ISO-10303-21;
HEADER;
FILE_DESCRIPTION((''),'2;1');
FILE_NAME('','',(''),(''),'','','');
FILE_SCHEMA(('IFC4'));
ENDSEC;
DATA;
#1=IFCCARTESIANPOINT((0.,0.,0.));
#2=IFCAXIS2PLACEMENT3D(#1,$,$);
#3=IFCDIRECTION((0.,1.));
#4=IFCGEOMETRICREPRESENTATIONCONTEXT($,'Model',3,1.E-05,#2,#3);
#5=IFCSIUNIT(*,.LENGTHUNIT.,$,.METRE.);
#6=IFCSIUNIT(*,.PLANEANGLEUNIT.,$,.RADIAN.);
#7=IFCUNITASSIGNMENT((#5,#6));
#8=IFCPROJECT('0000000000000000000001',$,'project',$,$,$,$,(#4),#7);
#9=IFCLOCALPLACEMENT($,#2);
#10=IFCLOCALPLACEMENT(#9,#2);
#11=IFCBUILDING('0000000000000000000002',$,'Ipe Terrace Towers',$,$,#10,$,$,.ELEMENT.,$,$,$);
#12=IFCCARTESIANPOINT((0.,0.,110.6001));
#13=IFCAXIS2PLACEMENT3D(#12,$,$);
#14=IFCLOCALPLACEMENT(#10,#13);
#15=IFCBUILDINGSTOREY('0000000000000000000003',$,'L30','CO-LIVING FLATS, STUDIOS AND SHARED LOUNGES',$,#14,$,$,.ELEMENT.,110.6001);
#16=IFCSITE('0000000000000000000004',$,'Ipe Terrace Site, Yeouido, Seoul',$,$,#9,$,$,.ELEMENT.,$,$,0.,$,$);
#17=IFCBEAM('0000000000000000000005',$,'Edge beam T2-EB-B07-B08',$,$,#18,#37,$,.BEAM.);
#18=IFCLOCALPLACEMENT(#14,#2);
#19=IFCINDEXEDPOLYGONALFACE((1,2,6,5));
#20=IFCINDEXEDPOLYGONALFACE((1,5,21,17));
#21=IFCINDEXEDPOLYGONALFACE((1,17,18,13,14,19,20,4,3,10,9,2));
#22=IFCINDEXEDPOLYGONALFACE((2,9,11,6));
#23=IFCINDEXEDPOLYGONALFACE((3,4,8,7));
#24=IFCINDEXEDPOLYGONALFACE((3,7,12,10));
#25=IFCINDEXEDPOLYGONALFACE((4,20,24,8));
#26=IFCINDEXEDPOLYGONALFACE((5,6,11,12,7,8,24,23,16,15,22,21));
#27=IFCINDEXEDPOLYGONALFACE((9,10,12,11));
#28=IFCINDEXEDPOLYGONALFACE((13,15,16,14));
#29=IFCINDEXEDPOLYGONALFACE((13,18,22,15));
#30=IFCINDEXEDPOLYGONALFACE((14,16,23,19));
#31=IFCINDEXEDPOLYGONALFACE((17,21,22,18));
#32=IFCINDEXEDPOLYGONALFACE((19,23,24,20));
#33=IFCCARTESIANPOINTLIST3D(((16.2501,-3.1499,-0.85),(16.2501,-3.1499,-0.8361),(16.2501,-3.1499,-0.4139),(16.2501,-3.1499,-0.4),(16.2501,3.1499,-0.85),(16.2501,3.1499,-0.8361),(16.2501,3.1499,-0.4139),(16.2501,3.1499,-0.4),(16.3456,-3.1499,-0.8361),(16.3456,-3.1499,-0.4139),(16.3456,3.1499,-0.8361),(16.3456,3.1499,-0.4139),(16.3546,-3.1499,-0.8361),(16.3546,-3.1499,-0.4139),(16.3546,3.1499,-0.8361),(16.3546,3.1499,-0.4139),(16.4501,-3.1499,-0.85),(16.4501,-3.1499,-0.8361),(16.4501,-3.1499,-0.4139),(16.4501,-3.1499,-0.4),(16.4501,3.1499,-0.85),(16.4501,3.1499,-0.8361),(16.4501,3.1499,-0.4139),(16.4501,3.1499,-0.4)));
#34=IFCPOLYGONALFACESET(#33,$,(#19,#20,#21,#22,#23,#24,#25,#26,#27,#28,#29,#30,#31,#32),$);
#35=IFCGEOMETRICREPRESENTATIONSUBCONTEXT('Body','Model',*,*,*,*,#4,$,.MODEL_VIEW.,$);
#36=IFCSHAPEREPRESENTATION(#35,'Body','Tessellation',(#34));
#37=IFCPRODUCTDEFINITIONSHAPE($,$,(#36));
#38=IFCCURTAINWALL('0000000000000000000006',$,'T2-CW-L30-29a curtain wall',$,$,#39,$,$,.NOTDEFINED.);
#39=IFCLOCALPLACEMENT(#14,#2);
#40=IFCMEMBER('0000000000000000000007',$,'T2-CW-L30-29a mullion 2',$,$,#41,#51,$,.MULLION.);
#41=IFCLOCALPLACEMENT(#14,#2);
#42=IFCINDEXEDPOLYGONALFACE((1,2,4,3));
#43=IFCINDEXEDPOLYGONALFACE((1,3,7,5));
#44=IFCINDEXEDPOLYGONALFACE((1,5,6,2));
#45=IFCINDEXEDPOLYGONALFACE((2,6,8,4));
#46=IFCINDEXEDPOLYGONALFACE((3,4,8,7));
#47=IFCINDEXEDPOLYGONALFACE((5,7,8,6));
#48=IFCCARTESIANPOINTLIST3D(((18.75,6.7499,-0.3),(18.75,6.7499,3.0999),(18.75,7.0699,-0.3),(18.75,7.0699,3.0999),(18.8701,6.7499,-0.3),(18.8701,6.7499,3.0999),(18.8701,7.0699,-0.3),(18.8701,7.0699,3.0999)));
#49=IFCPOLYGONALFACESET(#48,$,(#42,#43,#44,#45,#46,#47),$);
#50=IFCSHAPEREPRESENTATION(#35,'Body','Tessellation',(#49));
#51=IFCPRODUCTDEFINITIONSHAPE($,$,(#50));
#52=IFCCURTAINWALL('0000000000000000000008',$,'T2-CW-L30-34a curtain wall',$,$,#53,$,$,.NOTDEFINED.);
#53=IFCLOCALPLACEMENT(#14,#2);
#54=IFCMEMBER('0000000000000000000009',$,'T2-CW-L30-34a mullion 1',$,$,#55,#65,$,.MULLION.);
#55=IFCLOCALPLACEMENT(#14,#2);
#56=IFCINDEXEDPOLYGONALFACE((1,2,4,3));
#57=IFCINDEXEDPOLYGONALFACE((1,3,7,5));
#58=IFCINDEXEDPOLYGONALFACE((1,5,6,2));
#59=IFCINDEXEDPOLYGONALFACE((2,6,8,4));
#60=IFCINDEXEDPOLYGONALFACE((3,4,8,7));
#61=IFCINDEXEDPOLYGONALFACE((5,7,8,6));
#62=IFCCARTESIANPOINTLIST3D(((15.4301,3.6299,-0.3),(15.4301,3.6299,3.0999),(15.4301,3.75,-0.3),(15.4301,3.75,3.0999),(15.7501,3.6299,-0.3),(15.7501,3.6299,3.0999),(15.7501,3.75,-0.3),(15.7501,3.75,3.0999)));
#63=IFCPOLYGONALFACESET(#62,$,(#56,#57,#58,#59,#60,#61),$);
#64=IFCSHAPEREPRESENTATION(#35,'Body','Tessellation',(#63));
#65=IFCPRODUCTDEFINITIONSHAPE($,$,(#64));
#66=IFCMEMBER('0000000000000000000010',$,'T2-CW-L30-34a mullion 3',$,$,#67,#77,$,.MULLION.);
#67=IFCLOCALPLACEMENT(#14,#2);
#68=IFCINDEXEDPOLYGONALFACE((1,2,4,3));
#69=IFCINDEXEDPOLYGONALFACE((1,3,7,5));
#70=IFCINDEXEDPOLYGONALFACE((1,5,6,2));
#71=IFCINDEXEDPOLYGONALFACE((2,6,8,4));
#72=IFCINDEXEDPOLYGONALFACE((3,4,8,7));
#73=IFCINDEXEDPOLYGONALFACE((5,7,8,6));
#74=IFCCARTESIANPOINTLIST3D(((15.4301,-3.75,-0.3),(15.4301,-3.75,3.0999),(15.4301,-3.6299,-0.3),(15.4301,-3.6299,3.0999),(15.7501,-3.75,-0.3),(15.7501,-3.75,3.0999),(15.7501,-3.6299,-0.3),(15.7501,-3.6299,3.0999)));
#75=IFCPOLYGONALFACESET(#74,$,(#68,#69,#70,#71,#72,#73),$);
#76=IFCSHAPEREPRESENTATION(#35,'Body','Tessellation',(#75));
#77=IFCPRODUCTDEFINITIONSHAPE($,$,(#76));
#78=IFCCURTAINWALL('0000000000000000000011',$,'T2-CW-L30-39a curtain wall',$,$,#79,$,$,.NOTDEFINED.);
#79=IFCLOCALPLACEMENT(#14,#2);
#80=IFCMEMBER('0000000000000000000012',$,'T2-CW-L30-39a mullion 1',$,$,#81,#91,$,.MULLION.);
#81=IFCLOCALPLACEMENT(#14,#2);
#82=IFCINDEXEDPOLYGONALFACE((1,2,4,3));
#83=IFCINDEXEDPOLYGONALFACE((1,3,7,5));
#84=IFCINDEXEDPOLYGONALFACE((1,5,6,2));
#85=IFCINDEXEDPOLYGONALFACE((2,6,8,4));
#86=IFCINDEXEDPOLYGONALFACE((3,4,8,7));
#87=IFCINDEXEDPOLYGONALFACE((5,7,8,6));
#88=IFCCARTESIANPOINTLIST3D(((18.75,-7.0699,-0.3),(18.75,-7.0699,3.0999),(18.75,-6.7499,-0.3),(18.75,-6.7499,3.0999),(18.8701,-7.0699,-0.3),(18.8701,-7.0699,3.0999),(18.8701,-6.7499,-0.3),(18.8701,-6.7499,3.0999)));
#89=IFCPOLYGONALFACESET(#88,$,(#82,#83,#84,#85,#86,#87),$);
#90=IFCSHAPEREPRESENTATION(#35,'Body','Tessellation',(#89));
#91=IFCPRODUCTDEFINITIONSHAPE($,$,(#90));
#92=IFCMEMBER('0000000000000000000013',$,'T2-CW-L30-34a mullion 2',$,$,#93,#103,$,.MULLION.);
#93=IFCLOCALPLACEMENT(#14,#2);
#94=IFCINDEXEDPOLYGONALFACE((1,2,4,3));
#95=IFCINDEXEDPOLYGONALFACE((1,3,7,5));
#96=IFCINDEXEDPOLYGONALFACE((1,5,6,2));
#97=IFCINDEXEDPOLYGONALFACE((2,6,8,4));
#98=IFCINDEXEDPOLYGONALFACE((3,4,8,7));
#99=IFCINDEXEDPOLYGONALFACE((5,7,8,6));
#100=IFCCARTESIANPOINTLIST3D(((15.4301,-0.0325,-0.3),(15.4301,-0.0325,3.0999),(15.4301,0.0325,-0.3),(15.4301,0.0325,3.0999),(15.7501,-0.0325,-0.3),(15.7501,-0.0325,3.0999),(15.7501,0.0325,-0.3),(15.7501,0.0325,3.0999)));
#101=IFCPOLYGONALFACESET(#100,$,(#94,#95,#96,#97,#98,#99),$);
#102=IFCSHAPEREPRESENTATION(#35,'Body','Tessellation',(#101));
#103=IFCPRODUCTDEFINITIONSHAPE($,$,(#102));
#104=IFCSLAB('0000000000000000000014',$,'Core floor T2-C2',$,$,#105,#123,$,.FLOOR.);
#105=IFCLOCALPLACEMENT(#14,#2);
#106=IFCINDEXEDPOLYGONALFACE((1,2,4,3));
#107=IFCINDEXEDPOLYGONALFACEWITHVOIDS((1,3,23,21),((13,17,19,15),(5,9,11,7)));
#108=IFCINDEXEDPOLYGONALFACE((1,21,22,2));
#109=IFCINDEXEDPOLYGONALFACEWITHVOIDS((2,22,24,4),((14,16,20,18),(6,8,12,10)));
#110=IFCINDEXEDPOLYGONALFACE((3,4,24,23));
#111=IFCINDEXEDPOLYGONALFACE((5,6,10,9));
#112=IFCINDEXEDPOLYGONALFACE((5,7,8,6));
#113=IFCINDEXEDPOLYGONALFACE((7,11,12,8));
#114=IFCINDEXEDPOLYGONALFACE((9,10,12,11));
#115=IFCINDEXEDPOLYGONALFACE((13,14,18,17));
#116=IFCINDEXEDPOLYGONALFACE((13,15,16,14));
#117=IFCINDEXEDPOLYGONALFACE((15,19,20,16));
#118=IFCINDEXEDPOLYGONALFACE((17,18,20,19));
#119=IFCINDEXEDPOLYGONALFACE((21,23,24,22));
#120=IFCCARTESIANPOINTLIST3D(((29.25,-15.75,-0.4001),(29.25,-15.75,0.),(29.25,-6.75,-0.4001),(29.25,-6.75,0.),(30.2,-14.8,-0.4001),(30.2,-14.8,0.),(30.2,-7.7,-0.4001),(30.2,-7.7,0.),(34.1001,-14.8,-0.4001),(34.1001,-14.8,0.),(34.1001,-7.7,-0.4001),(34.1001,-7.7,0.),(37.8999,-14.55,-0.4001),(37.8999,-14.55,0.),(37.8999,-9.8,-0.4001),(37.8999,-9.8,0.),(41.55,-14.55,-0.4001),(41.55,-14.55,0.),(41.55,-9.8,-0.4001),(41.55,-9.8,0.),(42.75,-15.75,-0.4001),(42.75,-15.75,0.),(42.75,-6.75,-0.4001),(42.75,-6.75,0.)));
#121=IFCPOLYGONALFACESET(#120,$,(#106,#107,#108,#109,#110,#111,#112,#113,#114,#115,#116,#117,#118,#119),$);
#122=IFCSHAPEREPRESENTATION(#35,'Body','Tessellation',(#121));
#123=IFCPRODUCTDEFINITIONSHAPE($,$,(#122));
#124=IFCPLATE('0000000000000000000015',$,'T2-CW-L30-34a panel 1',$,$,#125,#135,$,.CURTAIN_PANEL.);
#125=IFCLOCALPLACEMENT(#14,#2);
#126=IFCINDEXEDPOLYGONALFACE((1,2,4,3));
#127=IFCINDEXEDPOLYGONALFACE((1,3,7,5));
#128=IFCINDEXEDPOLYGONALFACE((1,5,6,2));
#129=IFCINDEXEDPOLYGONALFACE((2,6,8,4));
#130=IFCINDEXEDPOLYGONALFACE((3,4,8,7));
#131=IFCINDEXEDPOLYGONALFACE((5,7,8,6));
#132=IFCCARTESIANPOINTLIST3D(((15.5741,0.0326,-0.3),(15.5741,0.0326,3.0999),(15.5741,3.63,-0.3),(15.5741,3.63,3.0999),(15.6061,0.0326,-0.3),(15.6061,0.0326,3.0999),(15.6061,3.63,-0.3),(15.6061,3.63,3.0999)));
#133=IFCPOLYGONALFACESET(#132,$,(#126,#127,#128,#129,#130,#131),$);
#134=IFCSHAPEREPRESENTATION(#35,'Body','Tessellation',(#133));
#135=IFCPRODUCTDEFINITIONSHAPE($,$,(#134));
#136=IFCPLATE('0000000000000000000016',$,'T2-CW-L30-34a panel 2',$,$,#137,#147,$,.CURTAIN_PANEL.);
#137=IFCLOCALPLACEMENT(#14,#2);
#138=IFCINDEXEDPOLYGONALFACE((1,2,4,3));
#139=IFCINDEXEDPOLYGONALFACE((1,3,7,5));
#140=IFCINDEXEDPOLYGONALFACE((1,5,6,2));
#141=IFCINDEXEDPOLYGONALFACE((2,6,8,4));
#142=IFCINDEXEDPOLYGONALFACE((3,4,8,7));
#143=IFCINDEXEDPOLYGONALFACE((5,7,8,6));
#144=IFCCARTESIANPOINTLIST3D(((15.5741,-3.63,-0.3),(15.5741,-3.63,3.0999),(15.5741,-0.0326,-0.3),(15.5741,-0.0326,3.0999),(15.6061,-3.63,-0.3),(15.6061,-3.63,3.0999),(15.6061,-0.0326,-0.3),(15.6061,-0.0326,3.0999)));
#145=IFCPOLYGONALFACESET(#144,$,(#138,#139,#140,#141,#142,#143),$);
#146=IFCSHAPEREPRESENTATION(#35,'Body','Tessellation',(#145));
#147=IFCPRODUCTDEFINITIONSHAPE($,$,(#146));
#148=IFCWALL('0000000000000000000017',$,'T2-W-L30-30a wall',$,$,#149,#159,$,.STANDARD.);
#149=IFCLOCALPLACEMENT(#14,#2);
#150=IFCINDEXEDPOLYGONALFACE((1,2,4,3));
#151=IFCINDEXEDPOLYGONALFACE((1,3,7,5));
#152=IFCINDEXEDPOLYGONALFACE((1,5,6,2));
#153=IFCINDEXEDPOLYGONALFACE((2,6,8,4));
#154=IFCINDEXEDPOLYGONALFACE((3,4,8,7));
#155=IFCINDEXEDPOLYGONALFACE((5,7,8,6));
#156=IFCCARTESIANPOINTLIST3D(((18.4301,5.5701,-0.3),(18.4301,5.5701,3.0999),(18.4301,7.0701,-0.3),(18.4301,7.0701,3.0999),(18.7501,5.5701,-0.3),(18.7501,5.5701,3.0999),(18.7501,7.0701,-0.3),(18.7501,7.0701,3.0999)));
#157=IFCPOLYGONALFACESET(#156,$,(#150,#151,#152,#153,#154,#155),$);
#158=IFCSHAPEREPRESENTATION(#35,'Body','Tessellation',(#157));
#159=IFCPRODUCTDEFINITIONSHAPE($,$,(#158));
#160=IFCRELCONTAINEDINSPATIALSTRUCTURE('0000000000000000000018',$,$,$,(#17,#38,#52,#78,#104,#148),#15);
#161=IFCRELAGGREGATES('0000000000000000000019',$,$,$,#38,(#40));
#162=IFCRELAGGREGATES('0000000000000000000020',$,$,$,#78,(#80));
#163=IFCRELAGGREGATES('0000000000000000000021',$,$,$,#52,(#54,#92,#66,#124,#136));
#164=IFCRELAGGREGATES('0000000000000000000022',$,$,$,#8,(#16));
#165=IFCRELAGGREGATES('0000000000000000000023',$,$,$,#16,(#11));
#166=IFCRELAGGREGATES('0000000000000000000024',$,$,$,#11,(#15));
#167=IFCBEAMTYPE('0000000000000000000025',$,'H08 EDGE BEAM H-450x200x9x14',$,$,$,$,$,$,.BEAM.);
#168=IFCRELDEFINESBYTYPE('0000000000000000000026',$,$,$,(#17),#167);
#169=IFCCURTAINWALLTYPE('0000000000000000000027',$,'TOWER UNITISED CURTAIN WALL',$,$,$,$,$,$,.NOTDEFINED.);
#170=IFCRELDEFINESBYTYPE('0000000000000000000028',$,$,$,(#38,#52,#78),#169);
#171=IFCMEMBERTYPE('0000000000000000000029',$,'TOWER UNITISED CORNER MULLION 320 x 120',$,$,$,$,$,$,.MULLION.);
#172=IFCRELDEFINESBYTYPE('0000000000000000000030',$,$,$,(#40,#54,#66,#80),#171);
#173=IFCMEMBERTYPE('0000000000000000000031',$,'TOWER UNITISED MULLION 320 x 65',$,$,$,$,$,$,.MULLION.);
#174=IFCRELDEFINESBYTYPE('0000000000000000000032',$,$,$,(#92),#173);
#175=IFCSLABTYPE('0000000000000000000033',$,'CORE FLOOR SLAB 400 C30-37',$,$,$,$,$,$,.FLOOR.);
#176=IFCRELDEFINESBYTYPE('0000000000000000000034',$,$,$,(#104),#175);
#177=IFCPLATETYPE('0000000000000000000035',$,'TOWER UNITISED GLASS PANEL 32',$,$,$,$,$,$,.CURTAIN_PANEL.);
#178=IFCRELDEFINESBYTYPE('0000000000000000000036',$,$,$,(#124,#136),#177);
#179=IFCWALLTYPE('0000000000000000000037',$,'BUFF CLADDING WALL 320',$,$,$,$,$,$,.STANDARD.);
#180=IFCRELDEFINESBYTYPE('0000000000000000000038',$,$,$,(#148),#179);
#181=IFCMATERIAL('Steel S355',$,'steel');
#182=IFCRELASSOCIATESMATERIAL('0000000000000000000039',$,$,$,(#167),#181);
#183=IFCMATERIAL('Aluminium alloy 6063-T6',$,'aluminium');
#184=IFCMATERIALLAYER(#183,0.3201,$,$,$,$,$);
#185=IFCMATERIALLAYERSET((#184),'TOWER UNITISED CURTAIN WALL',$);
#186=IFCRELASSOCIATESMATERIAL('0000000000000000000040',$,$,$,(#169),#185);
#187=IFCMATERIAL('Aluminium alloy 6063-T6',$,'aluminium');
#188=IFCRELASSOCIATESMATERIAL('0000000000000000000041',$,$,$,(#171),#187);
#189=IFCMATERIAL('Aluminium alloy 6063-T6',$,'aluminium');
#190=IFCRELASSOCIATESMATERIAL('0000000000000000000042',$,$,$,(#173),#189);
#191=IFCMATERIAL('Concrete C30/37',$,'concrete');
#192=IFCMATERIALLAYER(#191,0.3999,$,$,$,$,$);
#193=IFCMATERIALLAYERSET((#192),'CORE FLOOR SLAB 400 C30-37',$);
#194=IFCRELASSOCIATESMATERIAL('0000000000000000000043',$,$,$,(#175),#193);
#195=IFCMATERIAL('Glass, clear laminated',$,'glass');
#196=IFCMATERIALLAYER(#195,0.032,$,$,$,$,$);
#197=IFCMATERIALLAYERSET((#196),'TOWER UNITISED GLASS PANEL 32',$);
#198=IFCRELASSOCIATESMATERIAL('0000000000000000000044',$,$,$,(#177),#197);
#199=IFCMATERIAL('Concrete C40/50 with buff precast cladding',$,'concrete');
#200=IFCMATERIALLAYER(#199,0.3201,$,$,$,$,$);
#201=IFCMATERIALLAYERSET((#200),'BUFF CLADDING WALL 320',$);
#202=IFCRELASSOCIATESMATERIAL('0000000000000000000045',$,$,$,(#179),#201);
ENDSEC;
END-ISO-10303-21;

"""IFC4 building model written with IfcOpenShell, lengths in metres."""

from ifc_helpers import new_model, si_unit, direction, frame, frame_2d, origin, origin_2d, place, context, subcontext, project, spatial, polyline, rectangle, i_section, outline, extrude, material, layer, layer_set, material_profile, profile_set, type_object, element, aggregate, save


model = new_model("IFC4")

# Units and contexts
model_context = context("Model", 3, precision=1e-05, world=origin(), true_north=direction((0.0, 1.0)))
body_context = subcontext(model_context, "Body", "Model", "MODEL_VIEW")
ifc_project = project(units=[si_unit("LENGTHUNIT", "METRE"), si_unit("PLANEANGLEUNIT", "RADIAN")], contexts=[model_context])

# Site, building, storey
site_placement = place(None, origin())
site = spatial("IfcSite", under=ifc_project, at=site_placement, Name="Ipe Terrace Site, Yeouido, Seoul", CompositionType="ELEMENT", RefElevation=0.0)
building_placement = place(site_placement, origin())
building = spatial("IfcBuilding", under=site, at=building_placement, Name="Ipe Terrace Towers", CompositionType="ELEMENT")
storey_placement = place(building_placement, frame((0.0, 0.0, 110.6001)))
storey = spatial("IfcBuildingStorey", under=building, at=storey_placement, Name="L30", Description="CO-LIVING FLATS, STUDIOS AND SHARED LOUNGES", CompositionType="ELEMENT", Elevation=110.6001)

# Beam
ifc_material_1 = material(Name="Steel S355", Category="steel")
ifc_material_profile_1 = material_profile(ifc_material_1, i_section(OverallWidth=0.2, OverallDepth=0.45, WebThickness=0.009, FlangeThickness=0.0139, at=origin_2d()), Name="H-450x200x9x14")
ifc_profile_set_1 = profile_set([ifc_material_profile_1], Name="Steel S355")
beam_type_1 = type_object("IfcBeamType", Name="H08 EDGE BEAM H-450x200x9x14", PredefinedType="BEAM", material=ifc_profile_set_1)
beam_placement = place(storey_placement, frame((16.3501, 3.1499, -0.625), z_axis=(0.0, -1.0, 0.0), x_axis=(1.0, 0.0, 0.0)))
element("IfcBeam", 1, at=beam_placement, inside=storey, type_object=beam_type_1, Name="Edge beam T2-EB-B07-B08", PredefinedType="BEAM", context=body_context, shape_type="SweptSolid", body=[
    extrude(i_section(OverallWidth=0.2, OverallDepth=0.45, WebThickness=0.009, FlangeThickness=0.0139, at=origin_2d()), origin(), (0.0, 0.0, 1.0), 6.2998),
])

# Curtain wall, member
ifc_material_2 = material(Name="Aluminium alloy 6063-T6", Category="aluminium")
ifc_layer_1 = layer(ifc_material_2, 0.3201)
ifc_layer_set_1 = layer_set([ifc_layer_1], Name="TOWER UNITISED CURTAIN WALL")
curtain_wall_type = type_object("IfcCurtainWallType", Name="TOWER UNITISED CURTAIN WALL", PredefinedType="NOTDEFINED", material=ifc_layer_set_1)
curtain_wall_1_placement = place(storey_placement, origin())
curtain_wall_1 = element("IfcCurtainWall", 2, at=curtain_wall_1_placement, inside=storey, type_object=curtain_wall_type, Name="T2-CW-L30-29a curtain wall", PredefinedType="NOTDEFINED")
ifc_material_3 = material(Name="Aluminium alloy 6063-T6", Category="aluminium")
ifc_material_profile_2 = material_profile(ifc_material_3, rectangle(XDim=0.3201, YDim=0.1201, at=origin_2d()), Name="TOWER UNITISED CORNER MULLION 320 x 120")
ifc_profile_set_2 = profile_set([ifc_material_profile_2], Name="Aluminium alloy 6063-T6")
member_type_1 = type_object("IfcMemberType", Name="TOWER UNITISED CORNER MULLION 320 x 120", PredefinedType="MULLION", material=ifc_profile_set_2)
member_1_placement = place(storey_placement, frame((18.8101, 6.9099, -0.3), z_axis=(0.0, 0.0, 1.0), x_axis=(0.0, 1.0, 0.0)))
member_1 = element("IfcMember", 3, at=member_1_placement, type_object=member_type_1, Name="T2-CW-L30-29a mullion 2", PredefinedType="MULLION", context=body_context, shape_type="SweptSolid", body=[
    extrude(rectangle(XDim=0.3201, YDim=0.1201, at=origin_2d()), origin(), (0.0, 0.0, 1.0), 3.3999),
])
aggregate(curtain_wall_1, [member_1])

# Curtain wall, members
curtain_wall_2_placement = place(storey_placement, origin())
curtain_wall_2 = element("IfcCurtainWall", 4, at=curtain_wall_2_placement, inside=storey, type_object=curtain_wall_type, Name="T2-CW-L30-34a curtain wall", PredefinedType="NOTDEFINED")
member_2_placement = place(storey_placement, frame((15.5901, 3.6899, -0.3), z_axis=(0.0, 0.0, 1.0), x_axis=(-1.0, 0.0, 0.0)))
member_2 = element("IfcMember", 5, at=member_2_placement, type_object=member_type_1, Name="T2-CW-L30-34a mullion 1", PredefinedType="MULLION", context=body_context, shape_type="SweptSolid", body=[
    extrude(rectangle(XDim=0.3201, YDim=0.1201, at=origin_2d()), origin(), (0.0, 0.0, 1.0), 3.3999),
])
member_3_placement = place(storey_placement, frame((15.5901, -3.6899, -0.3), z_axis=(0.0, 0.0, 1.0), x_axis=(-1.0, 0.0, 0.0)))
member_3 = element("IfcMember", 6, at=member_3_placement, type_object=member_type_1, Name="T2-CW-L30-34a mullion 3", PredefinedType="MULLION", context=body_context, shape_type="SweptSolid", body=[
    extrude(rectangle(XDim=0.3201, YDim=0.1201, at=origin_2d()), origin(), (0.0, 0.0, 1.0), 3.3999),
])

# Curtain wall, member
curtain_wall_3_placement = place(storey_placement, origin())
curtain_wall_3 = element("IfcCurtainWall", 7, at=curtain_wall_3_placement, inside=storey, type_object=curtain_wall_type, Name="T2-CW-L30-39a curtain wall", PredefinedType="NOTDEFINED")
member_4_placement = place(storey_placement, frame((18.8101, -6.9099, -0.3), z_axis=(0.0, 0.0, 1.0), x_axis=(0.0, -1.0, 0.0)))
member_4 = element("IfcMember", 8, at=member_4_placement, type_object=member_type_1, Name="T2-CW-L30-39a mullion 1", PredefinedType="MULLION", context=body_context, shape_type="SweptSolid", body=[
    extrude(rectangle(XDim=0.3201, YDim=0.1201, at=origin_2d()), origin(), (0.0, 0.0, 1.0), 3.3999),
])
aggregate(curtain_wall_3, [member_4])

# Member
ifc_material_4 = material(Name="Aluminium alloy 6063-T6", Category="aluminium")
ifc_material_profile_3 = material_profile(ifc_material_4, rectangle(XDim=0.3201, YDim=0.0649, at=origin_2d()), Name="TOWER UNITISED MULLION 320 x 65")
ifc_profile_set_3 = profile_set([ifc_material_profile_3], Name="Aluminium alloy 6063-T6")
member_type_2 = type_object("IfcMemberType", Name="TOWER UNITISED MULLION 320 x 65", PredefinedType="MULLION", material=ifc_profile_set_3)
member_5_placement = place(storey_placement, frame((15.5901, 0.0, -0.3), z_axis=(0.0, 0.0, 1.0), x_axis=(-1.0, 0.0, 0.0)))
member_5 = element("IfcMember", 9, at=member_5_placement, type_object=member_type_2, Name="T2-CW-L30-34a mullion 2", PredefinedType="MULLION", context=body_context, shape_type="SweptSolid", body=[
    extrude(rectangle(XDim=0.3201, YDim=0.0649, at=origin_2d()), origin(), (0.0, 0.0, 1.0), 3.3999),
])

# Slab
ifc_material_5 = material(Name="Concrete C30/37", Category="concrete")
ifc_layer_2 = layer(ifc_material_5, 0.3999)
ifc_layer_set_2 = layer_set([ifc_layer_2], Name="CORE FLOOR SLAB 400 C30-37")
slab_type = type_object("IfcSlabType", Name="CORE FLOOR SLAB 400 C30-37", PredefinedType="FLOOR", material=ifc_layer_set_2)
slab_placement = place(storey_placement, frame((0.0, 0.0, -0.4001)))
element("IfcSlab", 10, at=slab_placement, inside=storey, type_object=slab_type, Name="Core floor T2-C2", PredefinedType="FLOOR", context=body_context, shape_type="SweptSolid", body=[
    extrude(outline(polyline([(29.25, -15.75), (29.25, -6.75), (42.75, -6.75), (42.75, -15.75), (29.25, -15.75)]), holes=[polyline([(34.1001, -14.8), (34.1001, -7.7), (30.2, -7.7), (30.2, -14.8), (34.1001, -14.8)]), polyline([(41.55, -9.8), (37.8999, -9.8), (37.8999, -14.55), (41.55, -14.55), (41.55, -9.8)])]), origin(), (0.0, 0.0, 1.0), 0.4001),
])

# Plates
ifc_material_6 = material(Name="Glass, clear laminated", Category="glass")
ifc_layer_3 = layer(ifc_material_6, 0.032)
ifc_layer_set_3 = layer_set([ifc_layer_3], Name="TOWER UNITISED GLASS PANEL 32")
plate_type = type_object("IfcPlateType", Name="TOWER UNITISED GLASS PANEL 32", PredefinedType="CURTAIN_PANEL", material=ifc_layer_set_3)
plate_1_placement = place(storey_placement, frame((15.5901, 1.8313, -0.3), z_axis=(0.0, 0.0, 1.0), x_axis=(0.0, -1.0, 0.0)))
plate_1 = element("IfcPlate", 11, at=plate_1_placement, type_object=plate_type, Name="T2-CW-L30-34a panel 1", PredefinedType="CURTAIN_PANEL", context=body_context, shape_type="SweptSolid", body=[
    extrude(rectangle(XDim=3.5974, YDim=0.032, at=origin_2d()), origin(), (0.0, 0.0, 1.0), 3.3999),
])
plate_2_placement = place(storey_placement, frame((15.5901, -1.8313, -0.3), z_axis=(0.0, 0.0, 1.0), x_axis=(0.0, -1.0, 0.0)))
plate_2 = element("IfcPlate", 12, at=plate_2_placement, type_object=plate_type, Name="T2-CW-L30-34a panel 2", PredefinedType="CURTAIN_PANEL", context=body_context, shape_type="SweptSolid", body=[
    extrude(rectangle(XDim=3.5974, YDim=0.032, at=origin_2d()), origin(), (0.0, 0.0, 1.0), 3.3999),
])
aggregate(curtain_wall_2, [member_2, member_5, member_3, plate_1, plate_2])

# Wall
ifc_material_7 = material(Name="Concrete C40/50 with buff precast cladding", Category="concrete")
ifc_layer_4 = layer(ifc_material_7, 0.3201)
ifc_layer_set_4 = layer_set([ifc_layer_4], Name="BUFF CLADDING WALL 320")
wall_type_1 = type_object("IfcWallType", Name="BUFF CLADDING WALL 320", PredefinedType="STANDARD", material=ifc_layer_set_4)
wall_1_placement = place(storey_placement, frame((18.5901, 7.0701, -0.3), z_axis=(0.0, 0.0, 1.0), x_axis=(0.0, -1.0, 0.0)))
element("IfcWall", 13, at=wall_1_placement, inside=storey, type_object=wall_type_1, Name="T2-W-L30-30a wall", PredefinedType="STANDARD", context=body_context, shape_type="SweptSolid", body=[
    extrude(rectangle(XDim=1.5, YDim=0.3201, at=frame_2d((0.75, 0.0))), origin(), (0.0, 0.0, 1.0), 3.3999),
])

save(model, "model.ifc")
